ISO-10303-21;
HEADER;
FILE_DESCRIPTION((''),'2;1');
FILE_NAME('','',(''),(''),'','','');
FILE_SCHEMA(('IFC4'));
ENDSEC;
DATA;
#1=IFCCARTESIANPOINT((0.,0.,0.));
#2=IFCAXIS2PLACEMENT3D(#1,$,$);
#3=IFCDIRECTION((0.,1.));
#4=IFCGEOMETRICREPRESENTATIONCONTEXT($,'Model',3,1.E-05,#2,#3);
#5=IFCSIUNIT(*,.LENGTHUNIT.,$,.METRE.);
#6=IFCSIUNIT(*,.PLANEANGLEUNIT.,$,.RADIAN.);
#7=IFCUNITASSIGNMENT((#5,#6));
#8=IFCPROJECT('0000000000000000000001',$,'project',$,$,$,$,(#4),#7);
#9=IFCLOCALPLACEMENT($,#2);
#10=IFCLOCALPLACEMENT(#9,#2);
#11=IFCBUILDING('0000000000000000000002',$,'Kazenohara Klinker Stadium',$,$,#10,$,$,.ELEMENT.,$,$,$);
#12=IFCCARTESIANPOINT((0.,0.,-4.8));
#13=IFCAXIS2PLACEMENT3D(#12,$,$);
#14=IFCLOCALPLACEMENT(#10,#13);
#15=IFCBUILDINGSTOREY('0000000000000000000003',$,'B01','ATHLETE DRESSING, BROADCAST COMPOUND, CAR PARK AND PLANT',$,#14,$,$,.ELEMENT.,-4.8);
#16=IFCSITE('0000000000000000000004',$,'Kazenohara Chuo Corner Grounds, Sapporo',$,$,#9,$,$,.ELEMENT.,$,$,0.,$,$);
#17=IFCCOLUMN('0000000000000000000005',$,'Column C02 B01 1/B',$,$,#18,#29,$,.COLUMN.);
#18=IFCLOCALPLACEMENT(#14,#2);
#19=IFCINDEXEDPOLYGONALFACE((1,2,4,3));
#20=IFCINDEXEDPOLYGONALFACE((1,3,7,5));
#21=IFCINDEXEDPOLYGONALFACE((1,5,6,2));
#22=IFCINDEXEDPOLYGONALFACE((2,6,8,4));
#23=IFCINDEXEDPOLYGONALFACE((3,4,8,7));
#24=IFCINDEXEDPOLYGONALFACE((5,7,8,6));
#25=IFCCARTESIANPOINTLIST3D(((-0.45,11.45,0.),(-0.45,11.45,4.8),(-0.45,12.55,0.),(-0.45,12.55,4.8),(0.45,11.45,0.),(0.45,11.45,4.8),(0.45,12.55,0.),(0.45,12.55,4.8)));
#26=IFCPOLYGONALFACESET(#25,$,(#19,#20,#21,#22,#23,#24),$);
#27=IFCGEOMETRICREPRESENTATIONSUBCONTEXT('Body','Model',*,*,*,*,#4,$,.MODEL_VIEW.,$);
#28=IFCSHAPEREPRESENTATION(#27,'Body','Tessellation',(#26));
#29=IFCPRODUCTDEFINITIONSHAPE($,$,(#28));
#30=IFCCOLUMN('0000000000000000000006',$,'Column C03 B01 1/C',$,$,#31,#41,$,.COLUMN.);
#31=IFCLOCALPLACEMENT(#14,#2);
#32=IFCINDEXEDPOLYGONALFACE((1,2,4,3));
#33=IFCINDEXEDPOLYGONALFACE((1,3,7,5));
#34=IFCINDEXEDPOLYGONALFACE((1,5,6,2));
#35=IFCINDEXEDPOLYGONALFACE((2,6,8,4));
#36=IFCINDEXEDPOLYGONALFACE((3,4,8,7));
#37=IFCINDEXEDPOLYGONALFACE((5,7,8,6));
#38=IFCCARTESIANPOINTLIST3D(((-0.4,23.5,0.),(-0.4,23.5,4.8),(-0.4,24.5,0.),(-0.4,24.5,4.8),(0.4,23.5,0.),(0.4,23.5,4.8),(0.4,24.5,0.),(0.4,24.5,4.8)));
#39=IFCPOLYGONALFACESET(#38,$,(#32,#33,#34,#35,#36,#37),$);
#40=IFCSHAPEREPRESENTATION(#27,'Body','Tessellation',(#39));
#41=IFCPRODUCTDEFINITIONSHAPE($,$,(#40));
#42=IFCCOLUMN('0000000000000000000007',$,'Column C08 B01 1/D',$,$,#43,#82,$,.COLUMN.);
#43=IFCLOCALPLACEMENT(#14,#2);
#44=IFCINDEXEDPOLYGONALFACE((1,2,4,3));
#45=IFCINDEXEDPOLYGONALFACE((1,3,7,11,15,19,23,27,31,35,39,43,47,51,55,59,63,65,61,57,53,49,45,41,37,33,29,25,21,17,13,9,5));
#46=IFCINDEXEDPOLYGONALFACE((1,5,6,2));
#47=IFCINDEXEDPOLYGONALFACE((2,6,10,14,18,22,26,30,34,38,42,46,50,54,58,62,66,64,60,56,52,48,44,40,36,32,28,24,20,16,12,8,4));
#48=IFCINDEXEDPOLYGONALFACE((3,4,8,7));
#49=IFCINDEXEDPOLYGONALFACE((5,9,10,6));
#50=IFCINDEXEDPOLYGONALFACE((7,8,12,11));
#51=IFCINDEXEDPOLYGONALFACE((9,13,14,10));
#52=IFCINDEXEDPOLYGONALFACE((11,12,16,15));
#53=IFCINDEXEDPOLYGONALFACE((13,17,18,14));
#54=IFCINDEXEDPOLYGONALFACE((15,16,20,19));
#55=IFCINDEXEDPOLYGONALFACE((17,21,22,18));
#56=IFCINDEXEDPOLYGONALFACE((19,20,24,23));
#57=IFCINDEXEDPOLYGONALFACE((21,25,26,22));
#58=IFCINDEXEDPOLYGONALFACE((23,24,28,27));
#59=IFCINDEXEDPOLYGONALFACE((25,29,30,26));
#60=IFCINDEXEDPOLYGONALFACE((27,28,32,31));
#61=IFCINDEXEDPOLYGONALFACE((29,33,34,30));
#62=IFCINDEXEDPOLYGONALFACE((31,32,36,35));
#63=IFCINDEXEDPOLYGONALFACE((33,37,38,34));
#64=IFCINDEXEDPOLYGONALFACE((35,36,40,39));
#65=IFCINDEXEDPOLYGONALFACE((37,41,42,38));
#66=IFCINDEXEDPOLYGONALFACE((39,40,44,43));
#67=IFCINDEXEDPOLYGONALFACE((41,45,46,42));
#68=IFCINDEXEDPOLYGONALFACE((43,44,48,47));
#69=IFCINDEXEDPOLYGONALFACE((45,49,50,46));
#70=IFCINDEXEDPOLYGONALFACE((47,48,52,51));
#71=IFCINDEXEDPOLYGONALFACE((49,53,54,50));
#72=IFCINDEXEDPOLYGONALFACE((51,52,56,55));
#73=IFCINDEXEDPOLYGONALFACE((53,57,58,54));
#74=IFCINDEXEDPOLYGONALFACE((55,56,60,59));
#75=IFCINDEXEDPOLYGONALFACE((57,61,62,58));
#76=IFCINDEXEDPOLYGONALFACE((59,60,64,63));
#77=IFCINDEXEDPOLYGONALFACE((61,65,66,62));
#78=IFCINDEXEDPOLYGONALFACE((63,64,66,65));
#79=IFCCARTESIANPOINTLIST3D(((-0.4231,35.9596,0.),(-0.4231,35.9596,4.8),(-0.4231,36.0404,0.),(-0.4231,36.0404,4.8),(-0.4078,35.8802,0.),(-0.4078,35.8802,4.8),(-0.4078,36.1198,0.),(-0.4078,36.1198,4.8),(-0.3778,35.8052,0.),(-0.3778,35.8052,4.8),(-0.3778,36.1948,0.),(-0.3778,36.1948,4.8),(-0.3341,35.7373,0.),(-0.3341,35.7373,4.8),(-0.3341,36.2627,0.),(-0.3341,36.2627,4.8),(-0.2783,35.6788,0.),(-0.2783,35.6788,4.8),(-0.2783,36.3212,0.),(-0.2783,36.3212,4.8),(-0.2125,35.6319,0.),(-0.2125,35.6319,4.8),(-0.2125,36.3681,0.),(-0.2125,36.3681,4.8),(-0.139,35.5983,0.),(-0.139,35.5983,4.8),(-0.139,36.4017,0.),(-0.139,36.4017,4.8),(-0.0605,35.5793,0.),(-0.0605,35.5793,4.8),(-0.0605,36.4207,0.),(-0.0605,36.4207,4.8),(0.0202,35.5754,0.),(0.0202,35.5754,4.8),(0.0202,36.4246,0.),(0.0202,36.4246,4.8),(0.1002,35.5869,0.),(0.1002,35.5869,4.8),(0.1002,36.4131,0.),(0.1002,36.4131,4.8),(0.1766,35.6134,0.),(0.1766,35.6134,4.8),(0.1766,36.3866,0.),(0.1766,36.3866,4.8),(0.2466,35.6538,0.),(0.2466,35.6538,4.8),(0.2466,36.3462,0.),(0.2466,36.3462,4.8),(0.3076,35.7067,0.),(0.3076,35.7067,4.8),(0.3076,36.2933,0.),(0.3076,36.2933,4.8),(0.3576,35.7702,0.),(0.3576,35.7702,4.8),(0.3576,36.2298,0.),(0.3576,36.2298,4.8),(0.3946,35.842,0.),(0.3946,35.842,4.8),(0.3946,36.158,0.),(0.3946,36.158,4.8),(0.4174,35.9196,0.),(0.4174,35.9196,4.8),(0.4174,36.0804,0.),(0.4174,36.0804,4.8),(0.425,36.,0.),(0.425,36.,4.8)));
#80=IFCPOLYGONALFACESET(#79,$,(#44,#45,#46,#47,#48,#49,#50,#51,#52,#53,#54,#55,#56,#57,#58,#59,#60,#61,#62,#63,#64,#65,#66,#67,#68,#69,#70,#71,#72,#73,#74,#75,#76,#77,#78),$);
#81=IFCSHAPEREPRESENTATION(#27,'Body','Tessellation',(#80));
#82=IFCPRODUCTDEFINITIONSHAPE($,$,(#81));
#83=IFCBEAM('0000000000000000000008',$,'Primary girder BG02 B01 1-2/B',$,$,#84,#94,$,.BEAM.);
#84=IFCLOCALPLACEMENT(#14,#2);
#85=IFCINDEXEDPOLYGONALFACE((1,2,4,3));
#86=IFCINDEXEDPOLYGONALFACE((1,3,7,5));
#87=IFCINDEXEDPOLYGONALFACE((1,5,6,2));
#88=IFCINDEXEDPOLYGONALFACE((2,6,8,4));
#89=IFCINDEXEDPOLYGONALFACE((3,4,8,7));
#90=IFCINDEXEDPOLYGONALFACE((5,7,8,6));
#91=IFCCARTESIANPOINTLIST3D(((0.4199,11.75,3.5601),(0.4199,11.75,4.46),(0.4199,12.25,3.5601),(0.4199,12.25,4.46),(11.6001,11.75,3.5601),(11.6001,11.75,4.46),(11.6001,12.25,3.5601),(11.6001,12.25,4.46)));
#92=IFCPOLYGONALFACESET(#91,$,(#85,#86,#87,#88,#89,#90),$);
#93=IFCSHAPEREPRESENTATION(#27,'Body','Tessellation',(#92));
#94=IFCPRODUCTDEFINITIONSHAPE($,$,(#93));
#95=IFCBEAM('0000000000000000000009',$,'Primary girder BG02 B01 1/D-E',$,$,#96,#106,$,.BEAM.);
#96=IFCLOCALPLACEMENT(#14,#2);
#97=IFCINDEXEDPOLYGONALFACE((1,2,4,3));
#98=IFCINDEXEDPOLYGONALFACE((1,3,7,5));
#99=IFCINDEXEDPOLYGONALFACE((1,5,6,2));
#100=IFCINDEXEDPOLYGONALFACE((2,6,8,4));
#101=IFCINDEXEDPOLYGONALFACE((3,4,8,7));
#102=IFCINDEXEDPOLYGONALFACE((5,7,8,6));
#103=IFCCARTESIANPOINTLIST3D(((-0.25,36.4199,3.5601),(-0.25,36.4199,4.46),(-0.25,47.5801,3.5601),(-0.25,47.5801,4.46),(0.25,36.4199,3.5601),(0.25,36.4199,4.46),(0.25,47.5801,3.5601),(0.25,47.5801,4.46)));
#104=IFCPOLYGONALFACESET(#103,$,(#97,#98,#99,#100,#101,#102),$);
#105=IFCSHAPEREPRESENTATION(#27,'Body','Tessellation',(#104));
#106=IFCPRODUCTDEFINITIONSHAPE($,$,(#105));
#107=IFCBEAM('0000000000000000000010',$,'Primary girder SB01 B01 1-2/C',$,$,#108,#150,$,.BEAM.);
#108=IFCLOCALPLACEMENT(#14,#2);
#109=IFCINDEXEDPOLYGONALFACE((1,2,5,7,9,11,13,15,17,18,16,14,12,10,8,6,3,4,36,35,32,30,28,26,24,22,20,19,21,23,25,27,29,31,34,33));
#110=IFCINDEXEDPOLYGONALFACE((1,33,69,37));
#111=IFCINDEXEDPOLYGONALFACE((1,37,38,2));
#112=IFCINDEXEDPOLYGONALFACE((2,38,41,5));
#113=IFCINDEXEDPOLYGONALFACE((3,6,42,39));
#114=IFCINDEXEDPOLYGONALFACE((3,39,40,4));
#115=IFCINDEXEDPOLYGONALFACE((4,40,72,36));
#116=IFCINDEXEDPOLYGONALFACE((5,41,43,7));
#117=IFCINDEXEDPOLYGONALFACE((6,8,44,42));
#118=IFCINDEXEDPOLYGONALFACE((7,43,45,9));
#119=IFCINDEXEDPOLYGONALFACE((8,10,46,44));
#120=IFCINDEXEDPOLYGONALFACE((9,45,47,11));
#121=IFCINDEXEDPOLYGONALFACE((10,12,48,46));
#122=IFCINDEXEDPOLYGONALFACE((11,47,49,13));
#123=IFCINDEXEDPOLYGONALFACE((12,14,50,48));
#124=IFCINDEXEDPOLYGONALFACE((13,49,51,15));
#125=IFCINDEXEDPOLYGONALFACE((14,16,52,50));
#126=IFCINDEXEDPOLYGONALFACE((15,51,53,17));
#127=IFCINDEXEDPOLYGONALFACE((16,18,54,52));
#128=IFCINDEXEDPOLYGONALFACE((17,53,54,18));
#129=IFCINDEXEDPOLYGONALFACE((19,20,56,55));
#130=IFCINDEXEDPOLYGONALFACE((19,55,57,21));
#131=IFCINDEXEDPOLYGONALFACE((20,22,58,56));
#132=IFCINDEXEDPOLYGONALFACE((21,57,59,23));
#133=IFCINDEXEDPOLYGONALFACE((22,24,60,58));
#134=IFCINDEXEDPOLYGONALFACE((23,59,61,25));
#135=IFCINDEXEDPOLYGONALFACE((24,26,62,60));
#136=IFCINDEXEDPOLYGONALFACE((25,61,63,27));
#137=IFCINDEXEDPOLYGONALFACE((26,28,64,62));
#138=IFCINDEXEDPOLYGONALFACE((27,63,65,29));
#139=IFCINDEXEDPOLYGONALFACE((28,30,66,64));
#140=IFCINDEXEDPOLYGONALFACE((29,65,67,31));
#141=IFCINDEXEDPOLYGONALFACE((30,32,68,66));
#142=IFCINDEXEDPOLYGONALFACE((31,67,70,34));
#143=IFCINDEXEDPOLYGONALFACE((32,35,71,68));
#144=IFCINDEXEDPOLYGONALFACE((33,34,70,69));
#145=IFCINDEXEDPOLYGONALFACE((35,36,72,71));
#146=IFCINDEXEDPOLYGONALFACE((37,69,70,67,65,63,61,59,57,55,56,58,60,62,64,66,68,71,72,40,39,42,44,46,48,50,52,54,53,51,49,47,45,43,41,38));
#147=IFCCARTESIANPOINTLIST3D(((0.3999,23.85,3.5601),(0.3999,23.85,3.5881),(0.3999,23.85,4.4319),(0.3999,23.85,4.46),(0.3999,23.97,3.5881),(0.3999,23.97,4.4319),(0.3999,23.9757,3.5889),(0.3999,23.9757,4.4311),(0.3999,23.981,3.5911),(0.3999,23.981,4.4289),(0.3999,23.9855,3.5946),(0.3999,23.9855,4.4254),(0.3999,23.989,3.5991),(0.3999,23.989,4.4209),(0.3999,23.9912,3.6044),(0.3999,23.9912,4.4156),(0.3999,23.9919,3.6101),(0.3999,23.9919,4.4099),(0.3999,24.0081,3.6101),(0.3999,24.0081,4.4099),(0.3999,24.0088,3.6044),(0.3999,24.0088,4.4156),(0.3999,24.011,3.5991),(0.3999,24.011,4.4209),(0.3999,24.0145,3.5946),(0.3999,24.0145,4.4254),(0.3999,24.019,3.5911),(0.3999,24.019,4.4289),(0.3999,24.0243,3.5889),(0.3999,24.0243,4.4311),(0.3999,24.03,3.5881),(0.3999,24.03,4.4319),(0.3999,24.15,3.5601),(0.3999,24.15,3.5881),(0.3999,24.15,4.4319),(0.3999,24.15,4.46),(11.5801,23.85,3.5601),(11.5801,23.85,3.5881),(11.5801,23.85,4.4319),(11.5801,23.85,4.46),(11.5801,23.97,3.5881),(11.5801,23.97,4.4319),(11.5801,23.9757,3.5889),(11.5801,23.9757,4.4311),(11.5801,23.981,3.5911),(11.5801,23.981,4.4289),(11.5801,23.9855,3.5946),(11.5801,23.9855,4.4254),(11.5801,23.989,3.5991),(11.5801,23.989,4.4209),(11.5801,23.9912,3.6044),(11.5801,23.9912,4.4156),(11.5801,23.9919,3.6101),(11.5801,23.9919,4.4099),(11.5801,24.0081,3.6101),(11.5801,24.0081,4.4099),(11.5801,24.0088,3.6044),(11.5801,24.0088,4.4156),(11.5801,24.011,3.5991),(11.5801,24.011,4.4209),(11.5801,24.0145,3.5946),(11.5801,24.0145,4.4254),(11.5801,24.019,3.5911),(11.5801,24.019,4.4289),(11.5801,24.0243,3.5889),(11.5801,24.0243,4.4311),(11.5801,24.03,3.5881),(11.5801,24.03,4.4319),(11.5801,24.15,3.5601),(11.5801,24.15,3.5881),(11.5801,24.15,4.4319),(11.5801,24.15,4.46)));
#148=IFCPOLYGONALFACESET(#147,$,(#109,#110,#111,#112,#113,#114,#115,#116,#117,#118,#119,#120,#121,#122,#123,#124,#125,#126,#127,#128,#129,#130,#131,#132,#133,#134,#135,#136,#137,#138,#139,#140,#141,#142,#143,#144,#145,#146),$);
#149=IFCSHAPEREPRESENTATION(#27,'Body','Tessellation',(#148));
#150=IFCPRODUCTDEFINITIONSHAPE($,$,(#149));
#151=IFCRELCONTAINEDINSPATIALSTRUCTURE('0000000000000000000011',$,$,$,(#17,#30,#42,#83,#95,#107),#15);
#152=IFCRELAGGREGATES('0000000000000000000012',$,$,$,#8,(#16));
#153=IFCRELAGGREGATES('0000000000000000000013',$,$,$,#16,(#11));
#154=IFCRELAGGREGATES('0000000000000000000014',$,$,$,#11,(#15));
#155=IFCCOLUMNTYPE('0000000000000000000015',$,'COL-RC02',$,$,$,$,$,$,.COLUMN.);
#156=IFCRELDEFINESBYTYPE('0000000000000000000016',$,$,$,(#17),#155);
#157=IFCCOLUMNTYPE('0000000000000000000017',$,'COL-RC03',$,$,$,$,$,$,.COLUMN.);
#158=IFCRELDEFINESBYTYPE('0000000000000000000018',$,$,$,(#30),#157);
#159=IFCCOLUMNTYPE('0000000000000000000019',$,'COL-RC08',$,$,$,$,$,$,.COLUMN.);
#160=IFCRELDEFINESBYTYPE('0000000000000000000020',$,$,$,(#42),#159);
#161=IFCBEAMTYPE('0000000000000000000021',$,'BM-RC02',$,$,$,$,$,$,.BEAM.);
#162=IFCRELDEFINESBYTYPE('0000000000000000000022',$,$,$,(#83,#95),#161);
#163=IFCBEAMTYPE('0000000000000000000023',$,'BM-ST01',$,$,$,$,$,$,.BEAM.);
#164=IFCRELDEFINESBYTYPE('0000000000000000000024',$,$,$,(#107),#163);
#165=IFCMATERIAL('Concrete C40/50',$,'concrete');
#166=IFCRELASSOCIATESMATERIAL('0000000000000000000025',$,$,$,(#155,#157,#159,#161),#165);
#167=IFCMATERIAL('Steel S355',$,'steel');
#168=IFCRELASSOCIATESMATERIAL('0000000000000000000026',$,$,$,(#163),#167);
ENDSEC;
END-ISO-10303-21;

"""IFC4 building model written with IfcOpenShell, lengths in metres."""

from ifc_helpers import new_model, si_unit, direction, frame, origin, origin_2d, place, context, subcontext, project, spatial, rectangle, circle, i_section, extrude, material, material_profile, profile_set, type_object, element, save


model = new_model("IFC4")

# Units and contexts
model_context = context("Model", 3, precision=1e-05, world=origin(), true_north=direction((0.0, 1.0)))
body_context = subcontext(model_context, "Body", "Model", "MODEL_VIEW")
ifc_project = project(units=[si_unit("LENGTHUNIT", "METRE"), si_unit("PLANEANGLEUNIT", "RADIAN")], contexts=[model_context])

# Site, building, storey
site_placement = place(None, origin())
site = spatial("IfcSite", under=ifc_project, at=site_placement, Name="Kazenohara Chuo Corner Grounds, Sapporo", CompositionType="ELEMENT", RefElevation=0.0)
building_placement = place(site_placement, origin())
building = spatial("IfcBuilding", under=site, at=building_placement, Name="Kazenohara Klinker Stadium", CompositionType="ELEMENT")
storey_placement = place(building_placement, frame((0.0, 0.0, -4.8)))
storey = spatial("IfcBuildingStorey", under=building, at=storey_placement, Name="B01", Description="ATHLETE DRESSING, BROADCAST COMPOUND, CAR PARK AND PLANT", CompositionType="ELEMENT", Elevation=-4.8)

# Columns
ifc_material_1 = material(Name="Concrete C40/50", Category="concrete")
ifc_material_profile_1 = material_profile(ifc_material_1, rectangle(XDim=0.8999, YDim=1.1001, at=origin_2d()), Name="RC-COL-1100x900")
ifc_profile_set_1 = profile_set([ifc_material_profile_1], Name="Concrete C40/50")
column_type_1 = type_object("IfcColumnType", Name="COL-RC02", PredefinedType="COLUMN", material=ifc_profile_set_1)
column_1_placement = place(storey_placement, frame((0.0, 12.0, 0.0), z_axis=(0.0, 0.0, 1.0), x_axis=(1.0, 0.0, 0.0)))
element("IfcColumn", 1, at=column_1_placement, inside=storey, type_object=column_type_1, Name="Column C02 B01 1/B", PredefinedType="COLUMN", context=body_context, shape_type="SweptSolid", body=[
    extrude(rectangle(XDim=0.8999, YDim=1.1001, at=origin_2d()), origin(), (0.0, 0.0, 1.0), 4.8),
])
ifc_material_profile_2 = material_profile(ifc_material_1, rectangle(XDim=0.8, YDim=1.0, at=origin_2d()), Name="RC-COL-1000x800")
ifc_profile_set_2 = profile_set([ifc_material_profile_2], Name="Concrete C40/50")
column_type_2 = type_object("IfcColumnType", Name="COL-RC03", PredefinedType="COLUMN", material=ifc_profile_set_2)
column_2_placement = place(storey_placement, frame((0.0, 24.0, 0.0), z_axis=(0.0, 0.0, 1.0), x_axis=(1.0, 0.0, 0.0)))
element("IfcColumn", 2, at=column_2_placement, inside=storey, type_object=column_type_2, Name="Column C03 B01 1/C", PredefinedType="COLUMN", context=body_context, shape_type="SweptSolid", body=[
    extrude(rectangle(XDim=0.8, YDim=1.0, at=origin_2d()), origin(), (0.0, 0.0, 1.0), 4.8),
])
ifc_material_profile_3 = material_profile(ifc_material_1, circle(Radius=0.425, at=origin_2d()), Name="RC-COL-D850")
ifc_profile_set_3 = profile_set([ifc_material_profile_3], Name="Concrete C40/50")
column_type_3 = type_object("IfcColumnType", Name="COL-RC08", PredefinedType="COLUMN", material=ifc_profile_set_3)
column_3_placement = place(storey_placement, frame((0.0, 36.0, 0.0), z_axis=(0.0, 0.0, 1.0), x_axis=(1.0, 0.0, 0.0)))
element("IfcColumn", 3, at=column_3_placement, inside=storey, type_object=column_type_3, Name="Column C08 B01 1/D", PredefinedType="COLUMN", context=body_context, shape_type="SweptSolid", body=[
    extrude(circle(Radius=0.425, at=origin_2d()), origin(), (0.0, 0.0, 1.0), 4.8),
])

# Beams
ifc_material_profile_4 = material_profile(ifc_material_1, rectangle(XDim=0.5, YDim=0.8999, at=origin_2d()), Name="RC-BM-500x900")
ifc_profile_set_4 = profile_set([ifc_material_profile_4], Name="Concrete C40/50")
beam_type_1 = type_object("IfcBeamType", Name="BM-RC02", PredefinedType="BEAM", material=ifc_profile_set_4)
beam_1_placement = place(storey_placement, frame((0.4199, 12.0, 4.01), z_axis=(1.0, 0.0, 0.0), x_axis=(0.0, 1.0, 0.0)))
element("IfcBeam", 4, at=beam_1_placement, inside=storey, type_object=beam_type_1, Name="Primary girder BG02 B01 1-2/B", PredefinedType="BEAM", context=body_context, shape_type="SweptSolid", body=[
    extrude(rectangle(XDim=0.5, YDim=0.8999, at=origin_2d()), origin(), (0.0, 0.0, 1.0), 11.1802),
])
beam_2_placement = place(storey_placement, frame((0.0, 36.4199, 4.01), z_axis=(0.0, 1.0, 0.0), x_axis=(-1.0, 0.0, 0.0)))
element("IfcBeam", 5, at=beam_2_placement, inside=storey, type_object=beam_type_1, Name="Primary girder BG02 B01 1/D-E", PredefinedType="BEAM", context=body_context, shape_type="SweptSolid", body=[
    extrude(rectangle(XDim=0.5, YDim=0.8999, at=origin_2d()), origin(), (0.0, 0.0, 1.0), 11.1602),
])
ifc_material_2 = material(Name="Steel S355", Category="steel")
ifc_material_profile_5 = material_profile(ifc_material_2, i_section(OverallWidth=0.3, OverallDepth=0.8999, WebThickness=0.0161, FlangeThickness=0.0281, FilletRadius=0.022, at=origin_2d()), Name="H-900x300x16x28")
ifc_profile_set_5 = profile_set([ifc_material_profile_5], Name="Steel S355")
beam_type_2 = type_object("IfcBeamType", Name="BM-ST01", PredefinedType="BEAM", material=ifc_profile_set_5)
beam_3_placement = place(storey_placement, frame((0.3999, 24.0, 4.01), z_axis=(1.0, 0.0, 0.0), x_axis=(0.0, 1.0, 0.0)))
element("IfcBeam", 6, at=beam_3_placement, inside=storey, type_object=beam_type_2, Name="Primary girder SB01 B01 1-2/C", PredefinedType="BEAM", context=body_context, shape_type="SweptSolid", body=[
    extrude(i_section(OverallWidth=0.3, OverallDepth=0.8999, WebThickness=0.0161, FlangeThickness=0.0281, FilletRadius=0.022, at=origin_2d()), origin(), (0.0, 0.0, 1.0), 11.1802),
])

save(model, "model.ifc")
